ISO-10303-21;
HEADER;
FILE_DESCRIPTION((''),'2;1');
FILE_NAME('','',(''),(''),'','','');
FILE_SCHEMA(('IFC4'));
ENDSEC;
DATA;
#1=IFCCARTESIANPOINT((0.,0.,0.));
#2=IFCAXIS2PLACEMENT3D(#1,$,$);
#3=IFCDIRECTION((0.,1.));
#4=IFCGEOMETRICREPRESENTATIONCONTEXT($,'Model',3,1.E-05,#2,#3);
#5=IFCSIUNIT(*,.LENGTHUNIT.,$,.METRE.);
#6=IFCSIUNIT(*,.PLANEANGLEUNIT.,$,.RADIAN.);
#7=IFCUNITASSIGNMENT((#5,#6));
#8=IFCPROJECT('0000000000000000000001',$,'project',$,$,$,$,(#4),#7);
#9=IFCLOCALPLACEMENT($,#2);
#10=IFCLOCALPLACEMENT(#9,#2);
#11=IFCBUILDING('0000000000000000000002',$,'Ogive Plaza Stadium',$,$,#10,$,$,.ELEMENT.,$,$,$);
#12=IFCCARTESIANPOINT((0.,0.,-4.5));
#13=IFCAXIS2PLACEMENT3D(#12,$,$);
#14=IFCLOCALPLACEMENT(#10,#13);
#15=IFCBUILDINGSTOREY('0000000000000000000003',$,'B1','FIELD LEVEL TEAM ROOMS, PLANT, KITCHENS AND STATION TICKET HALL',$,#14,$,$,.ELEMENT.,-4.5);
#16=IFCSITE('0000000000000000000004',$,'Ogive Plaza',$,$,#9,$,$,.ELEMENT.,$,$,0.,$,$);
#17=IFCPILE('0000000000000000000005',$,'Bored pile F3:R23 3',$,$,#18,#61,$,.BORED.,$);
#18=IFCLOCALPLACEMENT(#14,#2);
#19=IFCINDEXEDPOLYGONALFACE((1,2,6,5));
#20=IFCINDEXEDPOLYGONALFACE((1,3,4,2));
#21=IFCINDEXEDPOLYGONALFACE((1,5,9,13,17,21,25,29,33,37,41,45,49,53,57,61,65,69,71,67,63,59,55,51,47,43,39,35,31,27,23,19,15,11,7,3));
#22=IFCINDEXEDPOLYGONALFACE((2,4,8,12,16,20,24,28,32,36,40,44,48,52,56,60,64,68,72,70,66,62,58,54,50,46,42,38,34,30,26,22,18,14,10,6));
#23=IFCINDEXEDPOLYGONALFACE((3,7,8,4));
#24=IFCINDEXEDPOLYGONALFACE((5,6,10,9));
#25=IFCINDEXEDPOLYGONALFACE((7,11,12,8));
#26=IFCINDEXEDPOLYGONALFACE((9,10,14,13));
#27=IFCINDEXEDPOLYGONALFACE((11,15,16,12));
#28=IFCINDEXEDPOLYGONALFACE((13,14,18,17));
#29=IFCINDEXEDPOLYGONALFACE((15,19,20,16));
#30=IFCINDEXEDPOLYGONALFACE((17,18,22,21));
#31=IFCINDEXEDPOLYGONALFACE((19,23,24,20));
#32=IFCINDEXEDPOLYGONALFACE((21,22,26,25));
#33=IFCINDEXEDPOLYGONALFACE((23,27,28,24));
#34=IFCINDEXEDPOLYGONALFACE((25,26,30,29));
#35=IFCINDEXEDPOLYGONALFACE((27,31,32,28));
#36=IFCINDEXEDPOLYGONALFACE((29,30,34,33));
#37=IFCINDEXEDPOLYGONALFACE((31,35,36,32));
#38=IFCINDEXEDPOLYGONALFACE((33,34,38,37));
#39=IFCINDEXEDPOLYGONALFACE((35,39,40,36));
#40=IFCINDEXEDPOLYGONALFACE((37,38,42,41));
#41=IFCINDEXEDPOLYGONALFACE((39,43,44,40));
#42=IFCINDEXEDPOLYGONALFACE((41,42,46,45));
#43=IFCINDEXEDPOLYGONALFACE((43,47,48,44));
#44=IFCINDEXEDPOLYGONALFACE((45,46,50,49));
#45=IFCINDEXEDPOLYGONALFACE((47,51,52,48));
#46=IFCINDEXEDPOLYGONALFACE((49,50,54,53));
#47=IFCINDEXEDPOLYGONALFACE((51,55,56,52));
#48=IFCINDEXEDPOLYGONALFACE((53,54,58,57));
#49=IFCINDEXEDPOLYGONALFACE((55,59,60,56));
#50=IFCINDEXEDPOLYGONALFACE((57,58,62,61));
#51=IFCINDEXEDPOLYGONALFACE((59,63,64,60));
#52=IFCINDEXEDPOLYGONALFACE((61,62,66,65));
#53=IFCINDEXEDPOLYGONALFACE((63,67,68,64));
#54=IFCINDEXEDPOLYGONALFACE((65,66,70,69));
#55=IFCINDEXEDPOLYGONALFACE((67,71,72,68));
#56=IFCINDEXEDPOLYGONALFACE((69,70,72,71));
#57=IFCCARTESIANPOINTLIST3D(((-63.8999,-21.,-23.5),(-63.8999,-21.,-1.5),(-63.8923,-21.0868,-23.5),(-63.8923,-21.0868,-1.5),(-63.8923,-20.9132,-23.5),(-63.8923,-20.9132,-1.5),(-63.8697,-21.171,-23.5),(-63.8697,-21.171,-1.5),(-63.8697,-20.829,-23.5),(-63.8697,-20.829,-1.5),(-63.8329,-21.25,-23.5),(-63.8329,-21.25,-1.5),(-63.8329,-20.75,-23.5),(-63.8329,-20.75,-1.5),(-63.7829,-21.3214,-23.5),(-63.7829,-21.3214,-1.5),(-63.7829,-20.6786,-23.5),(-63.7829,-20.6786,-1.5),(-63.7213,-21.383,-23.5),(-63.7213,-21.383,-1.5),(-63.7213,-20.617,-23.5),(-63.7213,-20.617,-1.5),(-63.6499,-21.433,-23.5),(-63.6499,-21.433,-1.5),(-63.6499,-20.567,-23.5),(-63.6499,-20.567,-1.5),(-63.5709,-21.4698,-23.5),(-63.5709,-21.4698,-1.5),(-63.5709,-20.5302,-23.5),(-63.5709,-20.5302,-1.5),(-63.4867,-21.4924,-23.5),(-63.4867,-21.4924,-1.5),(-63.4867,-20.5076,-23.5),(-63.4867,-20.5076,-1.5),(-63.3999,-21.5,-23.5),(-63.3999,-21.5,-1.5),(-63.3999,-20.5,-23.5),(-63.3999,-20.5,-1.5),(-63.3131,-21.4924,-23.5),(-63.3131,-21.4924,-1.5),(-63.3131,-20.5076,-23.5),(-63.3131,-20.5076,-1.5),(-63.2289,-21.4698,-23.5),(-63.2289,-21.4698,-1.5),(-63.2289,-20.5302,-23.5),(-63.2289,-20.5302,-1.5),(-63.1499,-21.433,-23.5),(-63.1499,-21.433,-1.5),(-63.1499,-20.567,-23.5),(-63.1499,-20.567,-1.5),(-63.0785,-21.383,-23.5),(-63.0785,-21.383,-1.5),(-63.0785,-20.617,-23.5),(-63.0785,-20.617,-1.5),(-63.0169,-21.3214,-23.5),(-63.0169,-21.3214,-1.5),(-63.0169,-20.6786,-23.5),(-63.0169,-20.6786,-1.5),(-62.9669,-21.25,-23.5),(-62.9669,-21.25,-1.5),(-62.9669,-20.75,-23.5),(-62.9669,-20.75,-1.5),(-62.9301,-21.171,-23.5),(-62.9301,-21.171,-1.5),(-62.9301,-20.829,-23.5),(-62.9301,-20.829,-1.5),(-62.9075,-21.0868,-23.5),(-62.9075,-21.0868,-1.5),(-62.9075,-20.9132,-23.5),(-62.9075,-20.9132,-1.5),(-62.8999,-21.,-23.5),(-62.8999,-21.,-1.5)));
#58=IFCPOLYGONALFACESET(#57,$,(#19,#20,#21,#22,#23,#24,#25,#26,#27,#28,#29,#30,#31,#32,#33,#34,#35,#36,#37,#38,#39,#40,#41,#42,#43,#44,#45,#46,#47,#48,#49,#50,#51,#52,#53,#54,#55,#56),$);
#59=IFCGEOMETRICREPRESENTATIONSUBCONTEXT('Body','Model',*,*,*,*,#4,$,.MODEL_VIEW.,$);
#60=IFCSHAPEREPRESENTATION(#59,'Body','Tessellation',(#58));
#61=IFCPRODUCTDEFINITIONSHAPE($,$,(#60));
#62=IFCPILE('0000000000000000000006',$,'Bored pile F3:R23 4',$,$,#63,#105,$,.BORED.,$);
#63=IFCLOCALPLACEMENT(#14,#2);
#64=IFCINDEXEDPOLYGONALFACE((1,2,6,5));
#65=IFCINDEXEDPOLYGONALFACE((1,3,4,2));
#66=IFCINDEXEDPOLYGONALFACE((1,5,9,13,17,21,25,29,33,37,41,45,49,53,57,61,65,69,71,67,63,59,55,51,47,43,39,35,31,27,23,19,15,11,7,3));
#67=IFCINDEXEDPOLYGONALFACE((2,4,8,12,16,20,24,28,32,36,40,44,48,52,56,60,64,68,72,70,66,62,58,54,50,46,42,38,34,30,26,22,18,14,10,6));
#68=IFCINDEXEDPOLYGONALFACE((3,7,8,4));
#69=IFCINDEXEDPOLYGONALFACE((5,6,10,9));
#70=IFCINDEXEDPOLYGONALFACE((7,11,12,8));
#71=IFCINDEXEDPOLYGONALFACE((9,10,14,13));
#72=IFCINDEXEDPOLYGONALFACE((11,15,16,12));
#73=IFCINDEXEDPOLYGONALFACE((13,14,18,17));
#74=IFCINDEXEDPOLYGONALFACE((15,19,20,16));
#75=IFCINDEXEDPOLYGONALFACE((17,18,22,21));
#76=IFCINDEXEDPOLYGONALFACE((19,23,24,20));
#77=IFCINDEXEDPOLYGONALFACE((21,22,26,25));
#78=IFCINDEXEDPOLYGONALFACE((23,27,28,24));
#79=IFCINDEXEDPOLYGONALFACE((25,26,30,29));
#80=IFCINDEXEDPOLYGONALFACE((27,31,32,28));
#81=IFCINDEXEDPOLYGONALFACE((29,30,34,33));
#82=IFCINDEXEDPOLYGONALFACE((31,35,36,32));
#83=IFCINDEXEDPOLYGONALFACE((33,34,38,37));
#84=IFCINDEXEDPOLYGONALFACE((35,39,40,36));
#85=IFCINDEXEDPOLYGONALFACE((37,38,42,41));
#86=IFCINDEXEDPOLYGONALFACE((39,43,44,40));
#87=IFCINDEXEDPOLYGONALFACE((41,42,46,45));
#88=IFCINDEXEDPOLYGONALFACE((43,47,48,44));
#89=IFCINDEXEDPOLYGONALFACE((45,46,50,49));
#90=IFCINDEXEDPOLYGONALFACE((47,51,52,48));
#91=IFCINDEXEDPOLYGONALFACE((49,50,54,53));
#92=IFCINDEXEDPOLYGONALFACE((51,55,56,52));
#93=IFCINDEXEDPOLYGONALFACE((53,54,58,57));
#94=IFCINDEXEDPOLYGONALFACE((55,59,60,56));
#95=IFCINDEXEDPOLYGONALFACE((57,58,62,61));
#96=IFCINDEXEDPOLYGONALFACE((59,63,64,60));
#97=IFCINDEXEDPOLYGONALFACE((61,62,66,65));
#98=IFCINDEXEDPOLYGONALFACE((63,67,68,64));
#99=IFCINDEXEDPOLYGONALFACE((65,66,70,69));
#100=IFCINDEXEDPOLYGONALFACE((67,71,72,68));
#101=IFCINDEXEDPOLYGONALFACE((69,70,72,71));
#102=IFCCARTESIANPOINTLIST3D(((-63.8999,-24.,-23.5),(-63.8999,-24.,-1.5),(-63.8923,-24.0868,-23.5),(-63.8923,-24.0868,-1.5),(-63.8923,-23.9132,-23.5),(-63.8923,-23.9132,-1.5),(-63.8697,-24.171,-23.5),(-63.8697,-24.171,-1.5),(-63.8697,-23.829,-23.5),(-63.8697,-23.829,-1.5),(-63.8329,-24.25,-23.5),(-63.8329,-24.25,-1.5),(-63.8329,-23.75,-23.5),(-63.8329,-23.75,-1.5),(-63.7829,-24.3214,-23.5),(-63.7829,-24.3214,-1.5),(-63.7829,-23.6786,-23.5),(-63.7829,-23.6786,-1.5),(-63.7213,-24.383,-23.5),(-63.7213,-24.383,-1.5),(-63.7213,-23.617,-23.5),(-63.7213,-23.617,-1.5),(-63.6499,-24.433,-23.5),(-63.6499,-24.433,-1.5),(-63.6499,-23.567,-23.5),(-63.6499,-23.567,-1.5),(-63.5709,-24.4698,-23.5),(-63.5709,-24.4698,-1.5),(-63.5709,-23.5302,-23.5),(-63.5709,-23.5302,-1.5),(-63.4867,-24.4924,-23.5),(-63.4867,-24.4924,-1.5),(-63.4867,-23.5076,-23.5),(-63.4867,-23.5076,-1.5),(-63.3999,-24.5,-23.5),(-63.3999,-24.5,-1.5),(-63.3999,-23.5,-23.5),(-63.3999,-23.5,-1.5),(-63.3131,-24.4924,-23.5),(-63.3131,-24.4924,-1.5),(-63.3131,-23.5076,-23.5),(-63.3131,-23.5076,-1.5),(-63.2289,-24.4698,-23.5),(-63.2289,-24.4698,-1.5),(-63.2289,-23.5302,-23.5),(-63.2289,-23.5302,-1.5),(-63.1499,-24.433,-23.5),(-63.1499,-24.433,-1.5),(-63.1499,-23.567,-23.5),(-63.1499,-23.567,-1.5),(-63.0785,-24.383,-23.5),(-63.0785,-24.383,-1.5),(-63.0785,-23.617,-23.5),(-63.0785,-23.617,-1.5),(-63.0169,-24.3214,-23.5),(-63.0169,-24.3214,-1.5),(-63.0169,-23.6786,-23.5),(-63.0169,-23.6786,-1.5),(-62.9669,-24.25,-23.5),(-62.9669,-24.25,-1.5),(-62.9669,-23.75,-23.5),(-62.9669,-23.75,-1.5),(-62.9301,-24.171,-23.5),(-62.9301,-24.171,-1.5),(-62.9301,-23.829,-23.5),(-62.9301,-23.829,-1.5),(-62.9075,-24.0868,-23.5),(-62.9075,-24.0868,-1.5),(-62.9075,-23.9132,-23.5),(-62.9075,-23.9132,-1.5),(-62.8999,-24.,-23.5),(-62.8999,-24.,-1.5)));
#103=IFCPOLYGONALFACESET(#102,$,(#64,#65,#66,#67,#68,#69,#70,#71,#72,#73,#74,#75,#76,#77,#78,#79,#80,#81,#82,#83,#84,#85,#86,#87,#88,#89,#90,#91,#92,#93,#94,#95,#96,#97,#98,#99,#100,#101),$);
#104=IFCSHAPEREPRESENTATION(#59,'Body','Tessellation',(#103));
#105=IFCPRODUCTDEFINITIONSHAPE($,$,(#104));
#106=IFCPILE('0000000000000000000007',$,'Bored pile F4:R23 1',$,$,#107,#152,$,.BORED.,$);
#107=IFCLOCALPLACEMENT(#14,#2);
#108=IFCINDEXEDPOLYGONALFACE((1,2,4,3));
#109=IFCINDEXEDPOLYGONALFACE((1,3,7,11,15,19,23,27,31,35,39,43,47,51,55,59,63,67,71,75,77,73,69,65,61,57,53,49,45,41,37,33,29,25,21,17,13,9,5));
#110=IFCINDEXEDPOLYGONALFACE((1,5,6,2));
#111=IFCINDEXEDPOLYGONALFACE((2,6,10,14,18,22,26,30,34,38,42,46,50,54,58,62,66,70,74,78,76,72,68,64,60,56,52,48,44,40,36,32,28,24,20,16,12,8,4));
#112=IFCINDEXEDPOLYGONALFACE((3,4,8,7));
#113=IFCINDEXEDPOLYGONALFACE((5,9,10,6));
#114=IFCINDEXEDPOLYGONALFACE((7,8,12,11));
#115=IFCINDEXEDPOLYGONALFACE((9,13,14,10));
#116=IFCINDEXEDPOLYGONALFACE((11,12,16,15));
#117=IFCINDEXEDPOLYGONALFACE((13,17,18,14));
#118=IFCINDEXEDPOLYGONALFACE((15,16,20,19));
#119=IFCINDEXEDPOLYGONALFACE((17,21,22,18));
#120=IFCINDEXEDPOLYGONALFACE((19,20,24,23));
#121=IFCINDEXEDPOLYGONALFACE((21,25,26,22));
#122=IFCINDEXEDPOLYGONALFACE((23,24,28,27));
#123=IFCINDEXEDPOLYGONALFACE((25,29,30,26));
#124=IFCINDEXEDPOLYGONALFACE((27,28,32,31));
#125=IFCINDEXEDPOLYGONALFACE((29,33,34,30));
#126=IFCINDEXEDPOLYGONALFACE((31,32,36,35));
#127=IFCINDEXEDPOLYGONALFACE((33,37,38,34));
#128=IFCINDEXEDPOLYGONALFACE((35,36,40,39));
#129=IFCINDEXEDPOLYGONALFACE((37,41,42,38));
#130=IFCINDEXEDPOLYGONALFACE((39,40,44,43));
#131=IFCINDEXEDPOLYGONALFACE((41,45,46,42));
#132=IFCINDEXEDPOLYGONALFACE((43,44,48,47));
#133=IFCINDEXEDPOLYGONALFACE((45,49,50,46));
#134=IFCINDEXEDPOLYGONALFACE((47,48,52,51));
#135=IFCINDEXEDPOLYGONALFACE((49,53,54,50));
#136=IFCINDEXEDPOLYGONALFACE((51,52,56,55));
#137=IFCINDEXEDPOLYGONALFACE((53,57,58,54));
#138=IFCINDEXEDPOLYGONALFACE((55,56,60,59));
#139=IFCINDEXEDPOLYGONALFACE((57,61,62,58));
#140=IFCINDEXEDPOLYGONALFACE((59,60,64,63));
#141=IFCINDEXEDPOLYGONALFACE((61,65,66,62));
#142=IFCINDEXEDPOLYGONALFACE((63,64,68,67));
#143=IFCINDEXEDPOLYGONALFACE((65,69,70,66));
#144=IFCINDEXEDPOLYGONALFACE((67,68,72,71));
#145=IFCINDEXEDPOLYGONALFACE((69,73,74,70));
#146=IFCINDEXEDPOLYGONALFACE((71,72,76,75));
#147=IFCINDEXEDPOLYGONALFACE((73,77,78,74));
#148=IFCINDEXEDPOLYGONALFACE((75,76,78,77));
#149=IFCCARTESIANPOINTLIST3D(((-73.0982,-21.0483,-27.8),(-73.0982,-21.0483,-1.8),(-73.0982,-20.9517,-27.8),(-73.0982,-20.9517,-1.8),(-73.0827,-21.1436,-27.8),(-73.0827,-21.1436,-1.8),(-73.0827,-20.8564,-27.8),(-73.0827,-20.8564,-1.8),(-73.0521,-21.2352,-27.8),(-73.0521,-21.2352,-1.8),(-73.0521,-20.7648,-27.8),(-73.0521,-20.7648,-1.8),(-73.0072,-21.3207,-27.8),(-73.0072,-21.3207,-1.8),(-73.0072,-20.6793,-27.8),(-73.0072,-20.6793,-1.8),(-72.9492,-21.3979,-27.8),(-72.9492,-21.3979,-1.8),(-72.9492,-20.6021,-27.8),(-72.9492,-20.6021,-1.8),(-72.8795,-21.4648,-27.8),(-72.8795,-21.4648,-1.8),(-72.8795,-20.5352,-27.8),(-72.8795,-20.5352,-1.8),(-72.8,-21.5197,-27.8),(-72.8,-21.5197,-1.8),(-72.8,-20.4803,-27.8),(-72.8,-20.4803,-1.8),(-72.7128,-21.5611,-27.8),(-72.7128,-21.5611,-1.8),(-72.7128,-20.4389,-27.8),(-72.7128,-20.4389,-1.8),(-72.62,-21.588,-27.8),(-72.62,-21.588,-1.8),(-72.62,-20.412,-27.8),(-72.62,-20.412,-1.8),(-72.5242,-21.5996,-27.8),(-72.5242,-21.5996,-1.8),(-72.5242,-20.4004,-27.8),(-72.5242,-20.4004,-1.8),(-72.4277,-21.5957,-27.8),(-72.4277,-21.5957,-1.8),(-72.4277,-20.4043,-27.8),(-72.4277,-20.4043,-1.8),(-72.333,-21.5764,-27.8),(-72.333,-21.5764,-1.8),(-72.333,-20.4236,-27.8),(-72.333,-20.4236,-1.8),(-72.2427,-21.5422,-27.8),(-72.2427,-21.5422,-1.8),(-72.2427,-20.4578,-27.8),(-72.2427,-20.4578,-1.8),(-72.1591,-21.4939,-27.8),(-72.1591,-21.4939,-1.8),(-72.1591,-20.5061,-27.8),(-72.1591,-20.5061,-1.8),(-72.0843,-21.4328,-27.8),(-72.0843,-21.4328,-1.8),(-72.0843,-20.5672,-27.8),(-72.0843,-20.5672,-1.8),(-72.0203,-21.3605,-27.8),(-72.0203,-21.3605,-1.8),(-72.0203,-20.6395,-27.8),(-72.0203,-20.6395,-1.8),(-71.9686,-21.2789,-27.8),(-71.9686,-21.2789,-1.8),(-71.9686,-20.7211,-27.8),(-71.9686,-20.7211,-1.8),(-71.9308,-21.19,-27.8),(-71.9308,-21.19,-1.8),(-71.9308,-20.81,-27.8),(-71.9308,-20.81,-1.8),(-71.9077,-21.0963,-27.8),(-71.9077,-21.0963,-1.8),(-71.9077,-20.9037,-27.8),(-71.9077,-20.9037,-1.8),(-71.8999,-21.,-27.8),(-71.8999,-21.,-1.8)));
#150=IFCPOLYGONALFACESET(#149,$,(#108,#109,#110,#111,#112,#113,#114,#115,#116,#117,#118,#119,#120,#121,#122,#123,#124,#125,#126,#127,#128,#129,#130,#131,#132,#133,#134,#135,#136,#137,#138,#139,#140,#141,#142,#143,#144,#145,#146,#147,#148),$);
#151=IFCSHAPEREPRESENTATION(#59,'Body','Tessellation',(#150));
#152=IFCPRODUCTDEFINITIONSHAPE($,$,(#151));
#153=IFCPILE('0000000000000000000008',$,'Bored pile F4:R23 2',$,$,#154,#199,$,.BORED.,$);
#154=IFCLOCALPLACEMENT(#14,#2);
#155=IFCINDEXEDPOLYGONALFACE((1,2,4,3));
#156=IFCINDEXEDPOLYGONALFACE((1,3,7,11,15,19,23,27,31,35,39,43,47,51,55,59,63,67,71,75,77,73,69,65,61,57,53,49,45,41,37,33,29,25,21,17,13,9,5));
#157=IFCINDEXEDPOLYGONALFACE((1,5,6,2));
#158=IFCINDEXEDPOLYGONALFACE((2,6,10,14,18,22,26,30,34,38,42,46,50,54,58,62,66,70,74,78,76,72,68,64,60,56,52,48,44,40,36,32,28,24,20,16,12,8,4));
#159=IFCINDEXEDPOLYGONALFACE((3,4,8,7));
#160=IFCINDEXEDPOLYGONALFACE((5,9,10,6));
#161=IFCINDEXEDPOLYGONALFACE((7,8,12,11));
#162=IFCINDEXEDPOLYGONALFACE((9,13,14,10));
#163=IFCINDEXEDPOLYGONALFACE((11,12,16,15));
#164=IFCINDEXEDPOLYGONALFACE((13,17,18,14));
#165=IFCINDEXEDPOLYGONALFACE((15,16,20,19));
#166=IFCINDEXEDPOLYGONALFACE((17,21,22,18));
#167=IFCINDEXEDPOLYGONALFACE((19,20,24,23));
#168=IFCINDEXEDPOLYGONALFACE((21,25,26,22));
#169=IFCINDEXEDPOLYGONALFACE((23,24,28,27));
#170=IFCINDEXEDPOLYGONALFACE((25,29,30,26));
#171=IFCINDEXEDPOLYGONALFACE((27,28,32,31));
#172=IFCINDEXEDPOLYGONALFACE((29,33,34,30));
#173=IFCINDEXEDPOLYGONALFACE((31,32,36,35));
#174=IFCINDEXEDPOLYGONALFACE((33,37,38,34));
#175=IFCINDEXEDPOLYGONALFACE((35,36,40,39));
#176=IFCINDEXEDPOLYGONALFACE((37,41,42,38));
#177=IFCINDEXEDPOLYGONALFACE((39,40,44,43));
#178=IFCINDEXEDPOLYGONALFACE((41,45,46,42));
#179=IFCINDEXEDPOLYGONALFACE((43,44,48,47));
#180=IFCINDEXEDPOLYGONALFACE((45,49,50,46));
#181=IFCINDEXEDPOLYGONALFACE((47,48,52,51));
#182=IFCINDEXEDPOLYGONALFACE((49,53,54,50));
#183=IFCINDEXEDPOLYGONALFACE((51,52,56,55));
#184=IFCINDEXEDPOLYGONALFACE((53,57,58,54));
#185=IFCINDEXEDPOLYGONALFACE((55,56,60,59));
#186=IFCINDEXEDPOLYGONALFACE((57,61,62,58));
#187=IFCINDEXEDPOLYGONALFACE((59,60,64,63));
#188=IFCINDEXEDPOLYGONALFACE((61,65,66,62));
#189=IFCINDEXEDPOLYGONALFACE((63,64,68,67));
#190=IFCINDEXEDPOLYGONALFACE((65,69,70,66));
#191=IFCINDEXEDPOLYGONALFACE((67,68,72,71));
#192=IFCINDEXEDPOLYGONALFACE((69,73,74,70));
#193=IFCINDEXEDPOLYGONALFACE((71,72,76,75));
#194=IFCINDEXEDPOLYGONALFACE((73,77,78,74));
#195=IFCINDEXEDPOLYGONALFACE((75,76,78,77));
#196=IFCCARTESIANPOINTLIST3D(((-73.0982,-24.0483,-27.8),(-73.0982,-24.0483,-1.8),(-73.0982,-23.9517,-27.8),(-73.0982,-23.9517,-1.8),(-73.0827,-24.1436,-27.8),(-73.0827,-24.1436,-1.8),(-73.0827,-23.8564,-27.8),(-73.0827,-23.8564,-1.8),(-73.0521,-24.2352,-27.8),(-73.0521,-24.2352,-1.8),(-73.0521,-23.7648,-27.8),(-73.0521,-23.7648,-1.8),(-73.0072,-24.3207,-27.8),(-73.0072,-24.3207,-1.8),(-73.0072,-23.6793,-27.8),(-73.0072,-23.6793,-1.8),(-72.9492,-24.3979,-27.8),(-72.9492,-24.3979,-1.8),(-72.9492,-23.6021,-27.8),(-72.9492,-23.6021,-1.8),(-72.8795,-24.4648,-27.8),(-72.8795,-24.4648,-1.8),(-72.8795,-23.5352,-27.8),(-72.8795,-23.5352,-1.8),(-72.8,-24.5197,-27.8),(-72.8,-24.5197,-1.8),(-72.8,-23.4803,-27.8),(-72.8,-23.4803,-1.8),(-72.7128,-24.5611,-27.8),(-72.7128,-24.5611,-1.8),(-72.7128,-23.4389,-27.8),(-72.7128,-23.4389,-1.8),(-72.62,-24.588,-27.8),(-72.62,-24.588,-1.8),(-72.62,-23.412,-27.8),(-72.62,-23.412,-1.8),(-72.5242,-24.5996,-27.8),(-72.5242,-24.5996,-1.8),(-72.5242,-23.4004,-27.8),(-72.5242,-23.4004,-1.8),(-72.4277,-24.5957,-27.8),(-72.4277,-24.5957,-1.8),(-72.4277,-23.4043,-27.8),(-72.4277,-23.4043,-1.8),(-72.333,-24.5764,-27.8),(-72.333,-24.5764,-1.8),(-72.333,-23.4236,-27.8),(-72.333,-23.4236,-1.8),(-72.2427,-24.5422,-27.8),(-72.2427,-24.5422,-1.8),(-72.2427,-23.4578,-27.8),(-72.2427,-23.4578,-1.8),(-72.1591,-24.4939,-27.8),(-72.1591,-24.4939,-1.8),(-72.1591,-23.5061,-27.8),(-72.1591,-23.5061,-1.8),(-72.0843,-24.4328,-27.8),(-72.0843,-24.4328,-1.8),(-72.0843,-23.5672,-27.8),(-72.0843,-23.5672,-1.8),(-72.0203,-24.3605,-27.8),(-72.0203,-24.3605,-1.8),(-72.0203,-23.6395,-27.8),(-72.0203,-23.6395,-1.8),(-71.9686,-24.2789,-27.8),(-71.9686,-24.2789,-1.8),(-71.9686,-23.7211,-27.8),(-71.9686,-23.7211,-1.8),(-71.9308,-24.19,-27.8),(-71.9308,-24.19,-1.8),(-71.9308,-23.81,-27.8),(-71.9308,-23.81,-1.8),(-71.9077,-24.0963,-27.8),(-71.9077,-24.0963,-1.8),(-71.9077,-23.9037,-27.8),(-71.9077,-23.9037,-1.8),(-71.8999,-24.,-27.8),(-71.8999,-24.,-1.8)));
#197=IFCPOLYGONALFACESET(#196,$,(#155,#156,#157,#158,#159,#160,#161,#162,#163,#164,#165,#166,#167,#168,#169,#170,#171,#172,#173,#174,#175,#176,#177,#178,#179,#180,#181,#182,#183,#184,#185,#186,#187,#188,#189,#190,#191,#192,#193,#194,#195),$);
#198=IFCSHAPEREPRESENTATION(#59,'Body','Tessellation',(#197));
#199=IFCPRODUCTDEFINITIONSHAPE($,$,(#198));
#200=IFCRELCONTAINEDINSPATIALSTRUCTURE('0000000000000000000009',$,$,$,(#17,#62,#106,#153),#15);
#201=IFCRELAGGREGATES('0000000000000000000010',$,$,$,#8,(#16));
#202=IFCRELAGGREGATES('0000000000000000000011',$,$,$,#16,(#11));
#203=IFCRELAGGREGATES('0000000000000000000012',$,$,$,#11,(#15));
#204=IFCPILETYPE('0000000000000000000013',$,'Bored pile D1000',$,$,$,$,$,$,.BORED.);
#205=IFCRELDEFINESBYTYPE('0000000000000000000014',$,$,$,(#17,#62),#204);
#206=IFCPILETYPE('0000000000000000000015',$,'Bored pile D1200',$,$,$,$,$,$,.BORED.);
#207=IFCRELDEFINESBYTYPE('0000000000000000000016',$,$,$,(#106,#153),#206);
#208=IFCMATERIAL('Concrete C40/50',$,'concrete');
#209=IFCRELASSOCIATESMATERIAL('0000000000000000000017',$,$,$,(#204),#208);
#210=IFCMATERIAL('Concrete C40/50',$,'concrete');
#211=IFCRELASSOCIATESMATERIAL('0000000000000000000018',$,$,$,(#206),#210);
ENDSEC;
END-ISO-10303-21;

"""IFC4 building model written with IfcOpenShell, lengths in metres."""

from ifc_helpers import new_model, si_unit, direction, frame, origin, origin_2d, place, context, subcontext, project, spatial, circle, extrude, material, material_profile, profile_set, type_object, element, save


model = new_model("IFC4")

# Units and contexts
model_context = context("Model", 3, precision=1e-05, world=origin(), true_north=direction((0.0, 1.0)))
body_context = subcontext(model_context, "Body", "Model", "MODEL_VIEW")
ifc_project = project(units=[si_unit("LENGTHUNIT", "METRE"), si_unit("PLANEANGLEUNIT", "RADIAN")], contexts=[model_context])

# Site, building, storey
site_placement = place(None, origin())
site = spatial("IfcSite", under=ifc_project, at=site_placement, Name="Ogive Plaza", CompositionType="ELEMENT", RefElevation=0.0)
building_placement = place(site_placement, origin())
building = spatial("IfcBuilding", under=site, at=building_placement, Name="Ogive Plaza Stadium", CompositionType="ELEMENT")
storey_placement = place(building_placement, frame((0.0, 0.0, -4.5)))
storey = spatial("IfcBuildingStorey", under=building, at=storey_placement, Name="B1", Description="FIELD LEVEL TEAM ROOMS, PLANT, KITCHENS AND STATION TICKET HALL", CompositionType="ELEMENT", Elevation=-4.5)

# Piles
ifc_material_1 = material(Name="Concrete C40/50", Category="concrete")
ifc_material_profile_1 = material_profile(ifc_material_1, circle(Radius=0.5, at=origin_2d()), Name="RC D1000")
ifc_profile_set_1 = profile_set([ifc_material_profile_1], Name="Concrete C40/50")
pile_type_1 = type_object("IfcPileType", Name="Bored pile D1000", PredefinedType="BORED", material=ifc_profile_set_1)
for number, where, z_axis, x_axis, name in (
    (1, (-63.3999, -21.0, -1.5), (0.0, 0.0, -1.0), (1.0, 0.0, 0.0), "Bored pile F3:R23 3"),
    (2, (-63.3999, -24.0, -1.5), (0.0, 0.0, -1.0), (1.0, 0.0, 0.0), "Bored pile F3:R23 4"),
):
    element("IfcPile", number, at=place(storey_placement, frame(where, z_axis=z_axis, x_axis=x_axis)), inside=storey, type_object=pile_type_1, Name=name, PredefinedType="BORED", context=body_context, shape_type="SweptSolid", body=[
        extrude(circle(Radius=0.5, at=origin_2d()), origin(), (0.0, 0.0, 1.0), 22.0),
    ])
ifc_material_2 = material(Name="Concrete C40/50", Category="concrete")
ifc_material_profile_2 = material_profile(ifc_material_2, circle(Radius=0.6001, at=origin_2d()), Name="RC D1200")
ifc_profile_set_2 = profile_set([ifc_material_profile_2], Name="Concrete C40/50")
pile_type_2 = type_object("IfcPileType", Name="Bored pile D1200", PredefinedType="BORED", material=ifc_profile_set_2)
for number, where, z_axis, x_axis, name in (
    (3, (-72.5, -21.0, -1.8), (0.0, 0.0, -1.0), (1.0, 0.0, 0.0), "Bored pile F4:R23 1"),
    (4, (-72.5, -24.0, -1.8), (0.0, 0.0, -1.0), (1.0, 0.0, 0.0), "Bored pile F4:R23 2"),
):
    element("IfcPile", number, at=place(storey_placement, frame(where, z_axis=z_axis, x_axis=x_axis)), inside=storey, type_object=pile_type_2, Name=name, PredefinedType="BORED", context=body_context, shape_type="SweptSolid", body=[
        extrude(circle(Radius=0.6001, at=origin_2d()), origin(), (0.0, 0.0, 1.0), 26.0),
    ])

save(model, "model.ifc")
